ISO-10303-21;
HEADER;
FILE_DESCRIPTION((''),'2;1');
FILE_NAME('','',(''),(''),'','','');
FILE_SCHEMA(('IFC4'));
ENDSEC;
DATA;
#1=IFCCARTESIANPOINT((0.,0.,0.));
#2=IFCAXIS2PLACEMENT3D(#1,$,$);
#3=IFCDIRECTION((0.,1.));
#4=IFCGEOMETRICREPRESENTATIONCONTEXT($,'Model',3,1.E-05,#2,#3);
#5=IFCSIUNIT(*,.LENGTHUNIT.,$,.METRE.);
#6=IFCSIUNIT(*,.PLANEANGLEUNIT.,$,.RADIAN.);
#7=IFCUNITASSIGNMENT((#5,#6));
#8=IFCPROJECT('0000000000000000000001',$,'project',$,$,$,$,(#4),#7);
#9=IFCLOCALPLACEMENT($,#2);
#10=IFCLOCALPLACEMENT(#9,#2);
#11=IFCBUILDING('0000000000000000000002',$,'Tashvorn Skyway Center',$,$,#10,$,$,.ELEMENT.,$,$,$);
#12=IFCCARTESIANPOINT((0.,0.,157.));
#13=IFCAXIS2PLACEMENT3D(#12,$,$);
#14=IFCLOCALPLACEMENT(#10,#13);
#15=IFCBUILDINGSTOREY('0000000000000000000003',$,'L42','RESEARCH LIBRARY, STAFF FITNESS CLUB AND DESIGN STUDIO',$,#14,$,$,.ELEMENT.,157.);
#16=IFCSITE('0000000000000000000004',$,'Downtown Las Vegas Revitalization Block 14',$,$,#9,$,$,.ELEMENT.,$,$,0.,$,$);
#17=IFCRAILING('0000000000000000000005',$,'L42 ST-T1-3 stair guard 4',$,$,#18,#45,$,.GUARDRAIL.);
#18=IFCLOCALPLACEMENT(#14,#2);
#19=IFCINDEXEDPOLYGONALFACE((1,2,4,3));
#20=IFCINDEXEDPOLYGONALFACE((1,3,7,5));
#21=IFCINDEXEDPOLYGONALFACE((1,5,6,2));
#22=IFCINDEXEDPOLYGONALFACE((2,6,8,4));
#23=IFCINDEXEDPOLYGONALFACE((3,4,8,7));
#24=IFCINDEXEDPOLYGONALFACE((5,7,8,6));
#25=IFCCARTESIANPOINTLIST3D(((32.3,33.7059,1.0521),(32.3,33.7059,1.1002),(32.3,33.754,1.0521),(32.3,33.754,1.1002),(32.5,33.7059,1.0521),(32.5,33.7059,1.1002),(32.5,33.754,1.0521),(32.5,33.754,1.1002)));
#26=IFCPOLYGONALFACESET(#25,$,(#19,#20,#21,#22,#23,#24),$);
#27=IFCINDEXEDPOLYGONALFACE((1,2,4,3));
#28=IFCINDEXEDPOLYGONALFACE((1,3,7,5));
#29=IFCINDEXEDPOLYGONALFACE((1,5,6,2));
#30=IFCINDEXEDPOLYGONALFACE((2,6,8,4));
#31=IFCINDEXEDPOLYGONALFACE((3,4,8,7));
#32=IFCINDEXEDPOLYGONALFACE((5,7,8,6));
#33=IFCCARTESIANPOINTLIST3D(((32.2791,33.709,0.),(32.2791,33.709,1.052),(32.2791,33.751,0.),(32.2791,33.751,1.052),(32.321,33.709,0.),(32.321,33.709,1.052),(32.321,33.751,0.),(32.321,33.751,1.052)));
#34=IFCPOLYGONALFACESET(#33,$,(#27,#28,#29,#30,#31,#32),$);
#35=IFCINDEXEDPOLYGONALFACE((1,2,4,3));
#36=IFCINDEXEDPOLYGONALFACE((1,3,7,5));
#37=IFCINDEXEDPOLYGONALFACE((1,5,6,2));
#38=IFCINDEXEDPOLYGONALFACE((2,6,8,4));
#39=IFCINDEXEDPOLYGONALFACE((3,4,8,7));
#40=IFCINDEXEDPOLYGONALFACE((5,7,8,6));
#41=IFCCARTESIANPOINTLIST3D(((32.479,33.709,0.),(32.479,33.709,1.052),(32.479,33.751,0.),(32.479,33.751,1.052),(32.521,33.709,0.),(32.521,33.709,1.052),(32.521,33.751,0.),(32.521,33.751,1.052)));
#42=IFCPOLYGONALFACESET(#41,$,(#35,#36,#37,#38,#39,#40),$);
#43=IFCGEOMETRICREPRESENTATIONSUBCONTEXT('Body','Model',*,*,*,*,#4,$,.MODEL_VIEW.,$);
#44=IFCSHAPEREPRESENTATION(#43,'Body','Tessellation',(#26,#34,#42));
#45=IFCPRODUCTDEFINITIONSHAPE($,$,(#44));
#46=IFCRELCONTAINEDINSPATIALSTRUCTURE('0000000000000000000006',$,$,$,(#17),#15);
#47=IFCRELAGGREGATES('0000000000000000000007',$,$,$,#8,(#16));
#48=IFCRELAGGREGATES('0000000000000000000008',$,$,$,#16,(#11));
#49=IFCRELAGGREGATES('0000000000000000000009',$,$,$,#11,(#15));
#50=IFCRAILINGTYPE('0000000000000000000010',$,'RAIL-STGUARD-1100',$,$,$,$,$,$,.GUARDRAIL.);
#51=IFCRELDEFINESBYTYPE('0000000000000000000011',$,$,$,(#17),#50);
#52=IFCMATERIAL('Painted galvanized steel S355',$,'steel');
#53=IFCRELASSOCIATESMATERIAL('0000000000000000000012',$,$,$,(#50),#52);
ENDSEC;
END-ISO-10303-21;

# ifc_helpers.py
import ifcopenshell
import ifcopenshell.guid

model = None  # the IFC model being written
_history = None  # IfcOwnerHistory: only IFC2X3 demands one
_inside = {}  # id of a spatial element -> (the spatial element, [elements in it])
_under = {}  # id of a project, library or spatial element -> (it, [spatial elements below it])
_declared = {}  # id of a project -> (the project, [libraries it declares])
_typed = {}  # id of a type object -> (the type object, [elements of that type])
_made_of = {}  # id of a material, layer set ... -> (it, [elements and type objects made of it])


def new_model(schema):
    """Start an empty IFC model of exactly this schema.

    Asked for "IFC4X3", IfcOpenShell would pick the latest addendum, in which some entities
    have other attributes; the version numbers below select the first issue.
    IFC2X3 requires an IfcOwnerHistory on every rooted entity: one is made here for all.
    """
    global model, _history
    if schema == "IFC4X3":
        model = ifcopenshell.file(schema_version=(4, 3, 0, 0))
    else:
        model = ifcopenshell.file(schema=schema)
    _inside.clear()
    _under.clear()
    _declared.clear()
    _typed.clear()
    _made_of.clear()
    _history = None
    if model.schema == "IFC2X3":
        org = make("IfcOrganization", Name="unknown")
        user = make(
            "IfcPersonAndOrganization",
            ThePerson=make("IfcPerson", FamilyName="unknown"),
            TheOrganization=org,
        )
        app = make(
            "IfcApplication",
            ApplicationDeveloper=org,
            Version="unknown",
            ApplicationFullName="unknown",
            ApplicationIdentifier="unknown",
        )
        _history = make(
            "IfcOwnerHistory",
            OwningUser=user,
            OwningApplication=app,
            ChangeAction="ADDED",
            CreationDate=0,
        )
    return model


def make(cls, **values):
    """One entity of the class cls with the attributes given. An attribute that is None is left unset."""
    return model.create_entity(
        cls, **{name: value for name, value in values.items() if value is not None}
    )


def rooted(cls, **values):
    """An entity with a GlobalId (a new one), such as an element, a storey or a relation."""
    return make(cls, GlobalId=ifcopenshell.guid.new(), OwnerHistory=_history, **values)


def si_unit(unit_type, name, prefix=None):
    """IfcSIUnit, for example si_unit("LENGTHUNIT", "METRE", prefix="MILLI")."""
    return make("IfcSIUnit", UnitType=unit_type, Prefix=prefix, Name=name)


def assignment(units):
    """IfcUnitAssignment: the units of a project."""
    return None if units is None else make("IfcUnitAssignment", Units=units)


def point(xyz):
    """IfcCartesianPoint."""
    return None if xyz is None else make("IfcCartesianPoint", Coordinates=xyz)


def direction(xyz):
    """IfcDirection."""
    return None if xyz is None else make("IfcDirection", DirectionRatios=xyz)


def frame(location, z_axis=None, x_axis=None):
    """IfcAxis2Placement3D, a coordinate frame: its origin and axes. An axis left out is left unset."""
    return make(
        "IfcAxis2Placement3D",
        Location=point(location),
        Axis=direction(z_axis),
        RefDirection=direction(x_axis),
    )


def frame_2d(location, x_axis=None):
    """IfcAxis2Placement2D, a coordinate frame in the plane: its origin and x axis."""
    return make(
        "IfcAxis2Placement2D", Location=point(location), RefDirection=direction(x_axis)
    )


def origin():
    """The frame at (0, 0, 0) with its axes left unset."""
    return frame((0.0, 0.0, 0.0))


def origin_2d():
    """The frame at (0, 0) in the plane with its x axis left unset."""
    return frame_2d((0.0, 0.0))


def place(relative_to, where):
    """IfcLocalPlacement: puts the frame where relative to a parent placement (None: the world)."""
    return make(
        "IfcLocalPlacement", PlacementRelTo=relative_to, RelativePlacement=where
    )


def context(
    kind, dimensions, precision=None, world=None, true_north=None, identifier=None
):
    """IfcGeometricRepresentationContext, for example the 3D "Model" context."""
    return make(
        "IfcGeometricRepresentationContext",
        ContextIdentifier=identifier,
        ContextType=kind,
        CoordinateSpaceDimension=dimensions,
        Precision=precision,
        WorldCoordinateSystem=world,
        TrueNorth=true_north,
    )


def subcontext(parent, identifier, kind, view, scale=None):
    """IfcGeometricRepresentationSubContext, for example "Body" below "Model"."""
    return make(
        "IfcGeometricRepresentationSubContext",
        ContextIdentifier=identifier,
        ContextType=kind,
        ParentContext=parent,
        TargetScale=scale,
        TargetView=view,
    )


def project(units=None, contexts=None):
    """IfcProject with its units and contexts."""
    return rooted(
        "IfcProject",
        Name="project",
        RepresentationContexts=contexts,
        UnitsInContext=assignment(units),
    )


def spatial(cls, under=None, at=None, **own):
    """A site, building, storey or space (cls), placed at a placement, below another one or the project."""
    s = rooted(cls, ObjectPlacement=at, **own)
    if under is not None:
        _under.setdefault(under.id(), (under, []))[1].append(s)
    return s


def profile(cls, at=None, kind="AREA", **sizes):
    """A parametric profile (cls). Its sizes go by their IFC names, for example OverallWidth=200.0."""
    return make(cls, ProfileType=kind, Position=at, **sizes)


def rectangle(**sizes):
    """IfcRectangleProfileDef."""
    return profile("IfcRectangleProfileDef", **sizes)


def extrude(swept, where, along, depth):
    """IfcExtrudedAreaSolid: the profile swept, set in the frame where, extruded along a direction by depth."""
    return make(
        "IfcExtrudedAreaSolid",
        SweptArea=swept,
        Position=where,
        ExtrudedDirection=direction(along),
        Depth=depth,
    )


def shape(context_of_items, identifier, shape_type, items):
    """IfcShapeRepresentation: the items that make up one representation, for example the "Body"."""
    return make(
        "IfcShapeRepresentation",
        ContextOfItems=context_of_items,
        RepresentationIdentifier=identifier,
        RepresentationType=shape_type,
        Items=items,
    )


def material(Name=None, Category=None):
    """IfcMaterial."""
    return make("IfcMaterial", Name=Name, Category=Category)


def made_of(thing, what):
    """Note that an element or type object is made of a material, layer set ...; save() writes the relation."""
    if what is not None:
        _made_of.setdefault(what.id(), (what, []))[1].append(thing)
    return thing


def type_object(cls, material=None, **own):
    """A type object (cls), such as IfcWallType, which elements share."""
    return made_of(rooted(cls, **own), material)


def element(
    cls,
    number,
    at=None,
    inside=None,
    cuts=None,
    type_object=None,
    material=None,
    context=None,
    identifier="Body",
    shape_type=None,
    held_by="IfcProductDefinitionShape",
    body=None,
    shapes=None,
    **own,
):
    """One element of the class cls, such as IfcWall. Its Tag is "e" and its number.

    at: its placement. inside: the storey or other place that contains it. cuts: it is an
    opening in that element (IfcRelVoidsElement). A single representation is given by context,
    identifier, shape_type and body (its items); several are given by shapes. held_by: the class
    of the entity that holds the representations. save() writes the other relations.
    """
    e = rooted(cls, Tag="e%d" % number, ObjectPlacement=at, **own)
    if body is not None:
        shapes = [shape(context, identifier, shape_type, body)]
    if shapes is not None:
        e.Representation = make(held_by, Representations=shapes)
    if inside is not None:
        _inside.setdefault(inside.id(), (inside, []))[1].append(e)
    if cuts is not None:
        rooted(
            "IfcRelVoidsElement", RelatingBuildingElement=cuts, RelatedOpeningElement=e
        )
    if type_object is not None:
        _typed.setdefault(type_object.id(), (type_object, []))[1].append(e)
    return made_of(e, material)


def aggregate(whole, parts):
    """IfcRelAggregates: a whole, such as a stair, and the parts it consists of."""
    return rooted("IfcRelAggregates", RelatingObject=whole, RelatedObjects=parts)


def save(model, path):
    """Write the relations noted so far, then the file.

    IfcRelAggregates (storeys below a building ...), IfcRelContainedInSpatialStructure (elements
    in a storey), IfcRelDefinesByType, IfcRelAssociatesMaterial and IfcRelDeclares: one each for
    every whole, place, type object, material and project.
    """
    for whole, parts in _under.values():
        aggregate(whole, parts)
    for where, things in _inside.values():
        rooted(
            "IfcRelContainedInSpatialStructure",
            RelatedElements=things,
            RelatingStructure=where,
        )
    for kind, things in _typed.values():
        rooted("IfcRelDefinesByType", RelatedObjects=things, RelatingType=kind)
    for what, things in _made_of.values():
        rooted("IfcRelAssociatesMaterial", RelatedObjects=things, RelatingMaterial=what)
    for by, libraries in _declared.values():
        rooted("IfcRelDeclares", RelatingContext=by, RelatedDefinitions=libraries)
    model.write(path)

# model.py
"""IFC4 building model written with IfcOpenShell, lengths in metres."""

from ifc_helpers import new_model, si_unit, direction, frame, origin, origin_2d, place, context, subcontext, project, spatial, rectangle, extrude, material, type_object, element, save


model = new_model("IFC4")

# Units and contexts
model_context = context("Model", 3, precision=1e-05, world=origin(), true_north=direction((0.0, 1.0)))
body_context = subcontext(model_context, "Body", "Model", "MODEL_VIEW")
ifc_project = project(units=[si_unit("LENGTHUNIT", "METRE"), si_unit("PLANEANGLEUNIT", "RADIAN")], contexts=[model_context])

# Site, building, storey
site_placement = place(None, origin())
site = spatial("IfcSite", under=ifc_project, at=site_placement, Name="Downtown Las Vegas Revitalization Block 14", CompositionType="ELEMENT", RefElevation=0.0)
building_placement = place(site_placement, origin())
building = spatial("IfcBuilding", under=site, at=building_placement, Name="Tashvorn Skyway Center", CompositionType="ELEMENT")
storey_placement = place(building_placement, frame((0.0, 0.0, 157.0)))
storey = spatial("IfcBuildingStorey", under=building, at=storey_placement, Name="L42", Description="RESEARCH LIBRARY, STAFF FITNESS CLUB AND DESIGN STUDIO", CompositionType="ELEMENT", Elevation=157.0)

# Railing
ifc_material_1 = material(Name="Painted galvanized steel S355", Category="steel")
railing_type_1 = type_object("IfcRailingType", Name="RAIL-STGUARD-1100", PredefinedType="GUARDRAIL", material=ifc_material_1)
railing_1_placement = place(storey_placement, frame((32.3, 33.73, 0.0)))
element("IfcRailing", 1, at=railing_1_placement, inside=storey, type_object=railing_type_1, Name="L42 ST-T1-3 stair guard 4", PredefinedType="GUARDRAIL", context=body_context, shape_type="SweptSolid", body=[
    extrude(rectangle(XDim=0.0481, YDim=0.0481, at=origin_2d()), frame((0.0, 0.0, 1.0762), z_axis=(1.0, 0.0, 0.0), x_axis=(0.0, 1.0, 0.0)), (0.0, 0.0, 1.0), 0.2),
    extrude(rectangle(XDim=0.042, YDim=0.042, at=origin_2d()), origin(), (0.0, 0.0, 1.0), 1.052),
    extrude(rectangle(XDim=0.042, YDim=0.042, at=origin_2d()), frame((0.2, 0.0, 0.0)), (0.0, 0.0, 1.0), 1.052),
])

save(model, "model.ifc")
